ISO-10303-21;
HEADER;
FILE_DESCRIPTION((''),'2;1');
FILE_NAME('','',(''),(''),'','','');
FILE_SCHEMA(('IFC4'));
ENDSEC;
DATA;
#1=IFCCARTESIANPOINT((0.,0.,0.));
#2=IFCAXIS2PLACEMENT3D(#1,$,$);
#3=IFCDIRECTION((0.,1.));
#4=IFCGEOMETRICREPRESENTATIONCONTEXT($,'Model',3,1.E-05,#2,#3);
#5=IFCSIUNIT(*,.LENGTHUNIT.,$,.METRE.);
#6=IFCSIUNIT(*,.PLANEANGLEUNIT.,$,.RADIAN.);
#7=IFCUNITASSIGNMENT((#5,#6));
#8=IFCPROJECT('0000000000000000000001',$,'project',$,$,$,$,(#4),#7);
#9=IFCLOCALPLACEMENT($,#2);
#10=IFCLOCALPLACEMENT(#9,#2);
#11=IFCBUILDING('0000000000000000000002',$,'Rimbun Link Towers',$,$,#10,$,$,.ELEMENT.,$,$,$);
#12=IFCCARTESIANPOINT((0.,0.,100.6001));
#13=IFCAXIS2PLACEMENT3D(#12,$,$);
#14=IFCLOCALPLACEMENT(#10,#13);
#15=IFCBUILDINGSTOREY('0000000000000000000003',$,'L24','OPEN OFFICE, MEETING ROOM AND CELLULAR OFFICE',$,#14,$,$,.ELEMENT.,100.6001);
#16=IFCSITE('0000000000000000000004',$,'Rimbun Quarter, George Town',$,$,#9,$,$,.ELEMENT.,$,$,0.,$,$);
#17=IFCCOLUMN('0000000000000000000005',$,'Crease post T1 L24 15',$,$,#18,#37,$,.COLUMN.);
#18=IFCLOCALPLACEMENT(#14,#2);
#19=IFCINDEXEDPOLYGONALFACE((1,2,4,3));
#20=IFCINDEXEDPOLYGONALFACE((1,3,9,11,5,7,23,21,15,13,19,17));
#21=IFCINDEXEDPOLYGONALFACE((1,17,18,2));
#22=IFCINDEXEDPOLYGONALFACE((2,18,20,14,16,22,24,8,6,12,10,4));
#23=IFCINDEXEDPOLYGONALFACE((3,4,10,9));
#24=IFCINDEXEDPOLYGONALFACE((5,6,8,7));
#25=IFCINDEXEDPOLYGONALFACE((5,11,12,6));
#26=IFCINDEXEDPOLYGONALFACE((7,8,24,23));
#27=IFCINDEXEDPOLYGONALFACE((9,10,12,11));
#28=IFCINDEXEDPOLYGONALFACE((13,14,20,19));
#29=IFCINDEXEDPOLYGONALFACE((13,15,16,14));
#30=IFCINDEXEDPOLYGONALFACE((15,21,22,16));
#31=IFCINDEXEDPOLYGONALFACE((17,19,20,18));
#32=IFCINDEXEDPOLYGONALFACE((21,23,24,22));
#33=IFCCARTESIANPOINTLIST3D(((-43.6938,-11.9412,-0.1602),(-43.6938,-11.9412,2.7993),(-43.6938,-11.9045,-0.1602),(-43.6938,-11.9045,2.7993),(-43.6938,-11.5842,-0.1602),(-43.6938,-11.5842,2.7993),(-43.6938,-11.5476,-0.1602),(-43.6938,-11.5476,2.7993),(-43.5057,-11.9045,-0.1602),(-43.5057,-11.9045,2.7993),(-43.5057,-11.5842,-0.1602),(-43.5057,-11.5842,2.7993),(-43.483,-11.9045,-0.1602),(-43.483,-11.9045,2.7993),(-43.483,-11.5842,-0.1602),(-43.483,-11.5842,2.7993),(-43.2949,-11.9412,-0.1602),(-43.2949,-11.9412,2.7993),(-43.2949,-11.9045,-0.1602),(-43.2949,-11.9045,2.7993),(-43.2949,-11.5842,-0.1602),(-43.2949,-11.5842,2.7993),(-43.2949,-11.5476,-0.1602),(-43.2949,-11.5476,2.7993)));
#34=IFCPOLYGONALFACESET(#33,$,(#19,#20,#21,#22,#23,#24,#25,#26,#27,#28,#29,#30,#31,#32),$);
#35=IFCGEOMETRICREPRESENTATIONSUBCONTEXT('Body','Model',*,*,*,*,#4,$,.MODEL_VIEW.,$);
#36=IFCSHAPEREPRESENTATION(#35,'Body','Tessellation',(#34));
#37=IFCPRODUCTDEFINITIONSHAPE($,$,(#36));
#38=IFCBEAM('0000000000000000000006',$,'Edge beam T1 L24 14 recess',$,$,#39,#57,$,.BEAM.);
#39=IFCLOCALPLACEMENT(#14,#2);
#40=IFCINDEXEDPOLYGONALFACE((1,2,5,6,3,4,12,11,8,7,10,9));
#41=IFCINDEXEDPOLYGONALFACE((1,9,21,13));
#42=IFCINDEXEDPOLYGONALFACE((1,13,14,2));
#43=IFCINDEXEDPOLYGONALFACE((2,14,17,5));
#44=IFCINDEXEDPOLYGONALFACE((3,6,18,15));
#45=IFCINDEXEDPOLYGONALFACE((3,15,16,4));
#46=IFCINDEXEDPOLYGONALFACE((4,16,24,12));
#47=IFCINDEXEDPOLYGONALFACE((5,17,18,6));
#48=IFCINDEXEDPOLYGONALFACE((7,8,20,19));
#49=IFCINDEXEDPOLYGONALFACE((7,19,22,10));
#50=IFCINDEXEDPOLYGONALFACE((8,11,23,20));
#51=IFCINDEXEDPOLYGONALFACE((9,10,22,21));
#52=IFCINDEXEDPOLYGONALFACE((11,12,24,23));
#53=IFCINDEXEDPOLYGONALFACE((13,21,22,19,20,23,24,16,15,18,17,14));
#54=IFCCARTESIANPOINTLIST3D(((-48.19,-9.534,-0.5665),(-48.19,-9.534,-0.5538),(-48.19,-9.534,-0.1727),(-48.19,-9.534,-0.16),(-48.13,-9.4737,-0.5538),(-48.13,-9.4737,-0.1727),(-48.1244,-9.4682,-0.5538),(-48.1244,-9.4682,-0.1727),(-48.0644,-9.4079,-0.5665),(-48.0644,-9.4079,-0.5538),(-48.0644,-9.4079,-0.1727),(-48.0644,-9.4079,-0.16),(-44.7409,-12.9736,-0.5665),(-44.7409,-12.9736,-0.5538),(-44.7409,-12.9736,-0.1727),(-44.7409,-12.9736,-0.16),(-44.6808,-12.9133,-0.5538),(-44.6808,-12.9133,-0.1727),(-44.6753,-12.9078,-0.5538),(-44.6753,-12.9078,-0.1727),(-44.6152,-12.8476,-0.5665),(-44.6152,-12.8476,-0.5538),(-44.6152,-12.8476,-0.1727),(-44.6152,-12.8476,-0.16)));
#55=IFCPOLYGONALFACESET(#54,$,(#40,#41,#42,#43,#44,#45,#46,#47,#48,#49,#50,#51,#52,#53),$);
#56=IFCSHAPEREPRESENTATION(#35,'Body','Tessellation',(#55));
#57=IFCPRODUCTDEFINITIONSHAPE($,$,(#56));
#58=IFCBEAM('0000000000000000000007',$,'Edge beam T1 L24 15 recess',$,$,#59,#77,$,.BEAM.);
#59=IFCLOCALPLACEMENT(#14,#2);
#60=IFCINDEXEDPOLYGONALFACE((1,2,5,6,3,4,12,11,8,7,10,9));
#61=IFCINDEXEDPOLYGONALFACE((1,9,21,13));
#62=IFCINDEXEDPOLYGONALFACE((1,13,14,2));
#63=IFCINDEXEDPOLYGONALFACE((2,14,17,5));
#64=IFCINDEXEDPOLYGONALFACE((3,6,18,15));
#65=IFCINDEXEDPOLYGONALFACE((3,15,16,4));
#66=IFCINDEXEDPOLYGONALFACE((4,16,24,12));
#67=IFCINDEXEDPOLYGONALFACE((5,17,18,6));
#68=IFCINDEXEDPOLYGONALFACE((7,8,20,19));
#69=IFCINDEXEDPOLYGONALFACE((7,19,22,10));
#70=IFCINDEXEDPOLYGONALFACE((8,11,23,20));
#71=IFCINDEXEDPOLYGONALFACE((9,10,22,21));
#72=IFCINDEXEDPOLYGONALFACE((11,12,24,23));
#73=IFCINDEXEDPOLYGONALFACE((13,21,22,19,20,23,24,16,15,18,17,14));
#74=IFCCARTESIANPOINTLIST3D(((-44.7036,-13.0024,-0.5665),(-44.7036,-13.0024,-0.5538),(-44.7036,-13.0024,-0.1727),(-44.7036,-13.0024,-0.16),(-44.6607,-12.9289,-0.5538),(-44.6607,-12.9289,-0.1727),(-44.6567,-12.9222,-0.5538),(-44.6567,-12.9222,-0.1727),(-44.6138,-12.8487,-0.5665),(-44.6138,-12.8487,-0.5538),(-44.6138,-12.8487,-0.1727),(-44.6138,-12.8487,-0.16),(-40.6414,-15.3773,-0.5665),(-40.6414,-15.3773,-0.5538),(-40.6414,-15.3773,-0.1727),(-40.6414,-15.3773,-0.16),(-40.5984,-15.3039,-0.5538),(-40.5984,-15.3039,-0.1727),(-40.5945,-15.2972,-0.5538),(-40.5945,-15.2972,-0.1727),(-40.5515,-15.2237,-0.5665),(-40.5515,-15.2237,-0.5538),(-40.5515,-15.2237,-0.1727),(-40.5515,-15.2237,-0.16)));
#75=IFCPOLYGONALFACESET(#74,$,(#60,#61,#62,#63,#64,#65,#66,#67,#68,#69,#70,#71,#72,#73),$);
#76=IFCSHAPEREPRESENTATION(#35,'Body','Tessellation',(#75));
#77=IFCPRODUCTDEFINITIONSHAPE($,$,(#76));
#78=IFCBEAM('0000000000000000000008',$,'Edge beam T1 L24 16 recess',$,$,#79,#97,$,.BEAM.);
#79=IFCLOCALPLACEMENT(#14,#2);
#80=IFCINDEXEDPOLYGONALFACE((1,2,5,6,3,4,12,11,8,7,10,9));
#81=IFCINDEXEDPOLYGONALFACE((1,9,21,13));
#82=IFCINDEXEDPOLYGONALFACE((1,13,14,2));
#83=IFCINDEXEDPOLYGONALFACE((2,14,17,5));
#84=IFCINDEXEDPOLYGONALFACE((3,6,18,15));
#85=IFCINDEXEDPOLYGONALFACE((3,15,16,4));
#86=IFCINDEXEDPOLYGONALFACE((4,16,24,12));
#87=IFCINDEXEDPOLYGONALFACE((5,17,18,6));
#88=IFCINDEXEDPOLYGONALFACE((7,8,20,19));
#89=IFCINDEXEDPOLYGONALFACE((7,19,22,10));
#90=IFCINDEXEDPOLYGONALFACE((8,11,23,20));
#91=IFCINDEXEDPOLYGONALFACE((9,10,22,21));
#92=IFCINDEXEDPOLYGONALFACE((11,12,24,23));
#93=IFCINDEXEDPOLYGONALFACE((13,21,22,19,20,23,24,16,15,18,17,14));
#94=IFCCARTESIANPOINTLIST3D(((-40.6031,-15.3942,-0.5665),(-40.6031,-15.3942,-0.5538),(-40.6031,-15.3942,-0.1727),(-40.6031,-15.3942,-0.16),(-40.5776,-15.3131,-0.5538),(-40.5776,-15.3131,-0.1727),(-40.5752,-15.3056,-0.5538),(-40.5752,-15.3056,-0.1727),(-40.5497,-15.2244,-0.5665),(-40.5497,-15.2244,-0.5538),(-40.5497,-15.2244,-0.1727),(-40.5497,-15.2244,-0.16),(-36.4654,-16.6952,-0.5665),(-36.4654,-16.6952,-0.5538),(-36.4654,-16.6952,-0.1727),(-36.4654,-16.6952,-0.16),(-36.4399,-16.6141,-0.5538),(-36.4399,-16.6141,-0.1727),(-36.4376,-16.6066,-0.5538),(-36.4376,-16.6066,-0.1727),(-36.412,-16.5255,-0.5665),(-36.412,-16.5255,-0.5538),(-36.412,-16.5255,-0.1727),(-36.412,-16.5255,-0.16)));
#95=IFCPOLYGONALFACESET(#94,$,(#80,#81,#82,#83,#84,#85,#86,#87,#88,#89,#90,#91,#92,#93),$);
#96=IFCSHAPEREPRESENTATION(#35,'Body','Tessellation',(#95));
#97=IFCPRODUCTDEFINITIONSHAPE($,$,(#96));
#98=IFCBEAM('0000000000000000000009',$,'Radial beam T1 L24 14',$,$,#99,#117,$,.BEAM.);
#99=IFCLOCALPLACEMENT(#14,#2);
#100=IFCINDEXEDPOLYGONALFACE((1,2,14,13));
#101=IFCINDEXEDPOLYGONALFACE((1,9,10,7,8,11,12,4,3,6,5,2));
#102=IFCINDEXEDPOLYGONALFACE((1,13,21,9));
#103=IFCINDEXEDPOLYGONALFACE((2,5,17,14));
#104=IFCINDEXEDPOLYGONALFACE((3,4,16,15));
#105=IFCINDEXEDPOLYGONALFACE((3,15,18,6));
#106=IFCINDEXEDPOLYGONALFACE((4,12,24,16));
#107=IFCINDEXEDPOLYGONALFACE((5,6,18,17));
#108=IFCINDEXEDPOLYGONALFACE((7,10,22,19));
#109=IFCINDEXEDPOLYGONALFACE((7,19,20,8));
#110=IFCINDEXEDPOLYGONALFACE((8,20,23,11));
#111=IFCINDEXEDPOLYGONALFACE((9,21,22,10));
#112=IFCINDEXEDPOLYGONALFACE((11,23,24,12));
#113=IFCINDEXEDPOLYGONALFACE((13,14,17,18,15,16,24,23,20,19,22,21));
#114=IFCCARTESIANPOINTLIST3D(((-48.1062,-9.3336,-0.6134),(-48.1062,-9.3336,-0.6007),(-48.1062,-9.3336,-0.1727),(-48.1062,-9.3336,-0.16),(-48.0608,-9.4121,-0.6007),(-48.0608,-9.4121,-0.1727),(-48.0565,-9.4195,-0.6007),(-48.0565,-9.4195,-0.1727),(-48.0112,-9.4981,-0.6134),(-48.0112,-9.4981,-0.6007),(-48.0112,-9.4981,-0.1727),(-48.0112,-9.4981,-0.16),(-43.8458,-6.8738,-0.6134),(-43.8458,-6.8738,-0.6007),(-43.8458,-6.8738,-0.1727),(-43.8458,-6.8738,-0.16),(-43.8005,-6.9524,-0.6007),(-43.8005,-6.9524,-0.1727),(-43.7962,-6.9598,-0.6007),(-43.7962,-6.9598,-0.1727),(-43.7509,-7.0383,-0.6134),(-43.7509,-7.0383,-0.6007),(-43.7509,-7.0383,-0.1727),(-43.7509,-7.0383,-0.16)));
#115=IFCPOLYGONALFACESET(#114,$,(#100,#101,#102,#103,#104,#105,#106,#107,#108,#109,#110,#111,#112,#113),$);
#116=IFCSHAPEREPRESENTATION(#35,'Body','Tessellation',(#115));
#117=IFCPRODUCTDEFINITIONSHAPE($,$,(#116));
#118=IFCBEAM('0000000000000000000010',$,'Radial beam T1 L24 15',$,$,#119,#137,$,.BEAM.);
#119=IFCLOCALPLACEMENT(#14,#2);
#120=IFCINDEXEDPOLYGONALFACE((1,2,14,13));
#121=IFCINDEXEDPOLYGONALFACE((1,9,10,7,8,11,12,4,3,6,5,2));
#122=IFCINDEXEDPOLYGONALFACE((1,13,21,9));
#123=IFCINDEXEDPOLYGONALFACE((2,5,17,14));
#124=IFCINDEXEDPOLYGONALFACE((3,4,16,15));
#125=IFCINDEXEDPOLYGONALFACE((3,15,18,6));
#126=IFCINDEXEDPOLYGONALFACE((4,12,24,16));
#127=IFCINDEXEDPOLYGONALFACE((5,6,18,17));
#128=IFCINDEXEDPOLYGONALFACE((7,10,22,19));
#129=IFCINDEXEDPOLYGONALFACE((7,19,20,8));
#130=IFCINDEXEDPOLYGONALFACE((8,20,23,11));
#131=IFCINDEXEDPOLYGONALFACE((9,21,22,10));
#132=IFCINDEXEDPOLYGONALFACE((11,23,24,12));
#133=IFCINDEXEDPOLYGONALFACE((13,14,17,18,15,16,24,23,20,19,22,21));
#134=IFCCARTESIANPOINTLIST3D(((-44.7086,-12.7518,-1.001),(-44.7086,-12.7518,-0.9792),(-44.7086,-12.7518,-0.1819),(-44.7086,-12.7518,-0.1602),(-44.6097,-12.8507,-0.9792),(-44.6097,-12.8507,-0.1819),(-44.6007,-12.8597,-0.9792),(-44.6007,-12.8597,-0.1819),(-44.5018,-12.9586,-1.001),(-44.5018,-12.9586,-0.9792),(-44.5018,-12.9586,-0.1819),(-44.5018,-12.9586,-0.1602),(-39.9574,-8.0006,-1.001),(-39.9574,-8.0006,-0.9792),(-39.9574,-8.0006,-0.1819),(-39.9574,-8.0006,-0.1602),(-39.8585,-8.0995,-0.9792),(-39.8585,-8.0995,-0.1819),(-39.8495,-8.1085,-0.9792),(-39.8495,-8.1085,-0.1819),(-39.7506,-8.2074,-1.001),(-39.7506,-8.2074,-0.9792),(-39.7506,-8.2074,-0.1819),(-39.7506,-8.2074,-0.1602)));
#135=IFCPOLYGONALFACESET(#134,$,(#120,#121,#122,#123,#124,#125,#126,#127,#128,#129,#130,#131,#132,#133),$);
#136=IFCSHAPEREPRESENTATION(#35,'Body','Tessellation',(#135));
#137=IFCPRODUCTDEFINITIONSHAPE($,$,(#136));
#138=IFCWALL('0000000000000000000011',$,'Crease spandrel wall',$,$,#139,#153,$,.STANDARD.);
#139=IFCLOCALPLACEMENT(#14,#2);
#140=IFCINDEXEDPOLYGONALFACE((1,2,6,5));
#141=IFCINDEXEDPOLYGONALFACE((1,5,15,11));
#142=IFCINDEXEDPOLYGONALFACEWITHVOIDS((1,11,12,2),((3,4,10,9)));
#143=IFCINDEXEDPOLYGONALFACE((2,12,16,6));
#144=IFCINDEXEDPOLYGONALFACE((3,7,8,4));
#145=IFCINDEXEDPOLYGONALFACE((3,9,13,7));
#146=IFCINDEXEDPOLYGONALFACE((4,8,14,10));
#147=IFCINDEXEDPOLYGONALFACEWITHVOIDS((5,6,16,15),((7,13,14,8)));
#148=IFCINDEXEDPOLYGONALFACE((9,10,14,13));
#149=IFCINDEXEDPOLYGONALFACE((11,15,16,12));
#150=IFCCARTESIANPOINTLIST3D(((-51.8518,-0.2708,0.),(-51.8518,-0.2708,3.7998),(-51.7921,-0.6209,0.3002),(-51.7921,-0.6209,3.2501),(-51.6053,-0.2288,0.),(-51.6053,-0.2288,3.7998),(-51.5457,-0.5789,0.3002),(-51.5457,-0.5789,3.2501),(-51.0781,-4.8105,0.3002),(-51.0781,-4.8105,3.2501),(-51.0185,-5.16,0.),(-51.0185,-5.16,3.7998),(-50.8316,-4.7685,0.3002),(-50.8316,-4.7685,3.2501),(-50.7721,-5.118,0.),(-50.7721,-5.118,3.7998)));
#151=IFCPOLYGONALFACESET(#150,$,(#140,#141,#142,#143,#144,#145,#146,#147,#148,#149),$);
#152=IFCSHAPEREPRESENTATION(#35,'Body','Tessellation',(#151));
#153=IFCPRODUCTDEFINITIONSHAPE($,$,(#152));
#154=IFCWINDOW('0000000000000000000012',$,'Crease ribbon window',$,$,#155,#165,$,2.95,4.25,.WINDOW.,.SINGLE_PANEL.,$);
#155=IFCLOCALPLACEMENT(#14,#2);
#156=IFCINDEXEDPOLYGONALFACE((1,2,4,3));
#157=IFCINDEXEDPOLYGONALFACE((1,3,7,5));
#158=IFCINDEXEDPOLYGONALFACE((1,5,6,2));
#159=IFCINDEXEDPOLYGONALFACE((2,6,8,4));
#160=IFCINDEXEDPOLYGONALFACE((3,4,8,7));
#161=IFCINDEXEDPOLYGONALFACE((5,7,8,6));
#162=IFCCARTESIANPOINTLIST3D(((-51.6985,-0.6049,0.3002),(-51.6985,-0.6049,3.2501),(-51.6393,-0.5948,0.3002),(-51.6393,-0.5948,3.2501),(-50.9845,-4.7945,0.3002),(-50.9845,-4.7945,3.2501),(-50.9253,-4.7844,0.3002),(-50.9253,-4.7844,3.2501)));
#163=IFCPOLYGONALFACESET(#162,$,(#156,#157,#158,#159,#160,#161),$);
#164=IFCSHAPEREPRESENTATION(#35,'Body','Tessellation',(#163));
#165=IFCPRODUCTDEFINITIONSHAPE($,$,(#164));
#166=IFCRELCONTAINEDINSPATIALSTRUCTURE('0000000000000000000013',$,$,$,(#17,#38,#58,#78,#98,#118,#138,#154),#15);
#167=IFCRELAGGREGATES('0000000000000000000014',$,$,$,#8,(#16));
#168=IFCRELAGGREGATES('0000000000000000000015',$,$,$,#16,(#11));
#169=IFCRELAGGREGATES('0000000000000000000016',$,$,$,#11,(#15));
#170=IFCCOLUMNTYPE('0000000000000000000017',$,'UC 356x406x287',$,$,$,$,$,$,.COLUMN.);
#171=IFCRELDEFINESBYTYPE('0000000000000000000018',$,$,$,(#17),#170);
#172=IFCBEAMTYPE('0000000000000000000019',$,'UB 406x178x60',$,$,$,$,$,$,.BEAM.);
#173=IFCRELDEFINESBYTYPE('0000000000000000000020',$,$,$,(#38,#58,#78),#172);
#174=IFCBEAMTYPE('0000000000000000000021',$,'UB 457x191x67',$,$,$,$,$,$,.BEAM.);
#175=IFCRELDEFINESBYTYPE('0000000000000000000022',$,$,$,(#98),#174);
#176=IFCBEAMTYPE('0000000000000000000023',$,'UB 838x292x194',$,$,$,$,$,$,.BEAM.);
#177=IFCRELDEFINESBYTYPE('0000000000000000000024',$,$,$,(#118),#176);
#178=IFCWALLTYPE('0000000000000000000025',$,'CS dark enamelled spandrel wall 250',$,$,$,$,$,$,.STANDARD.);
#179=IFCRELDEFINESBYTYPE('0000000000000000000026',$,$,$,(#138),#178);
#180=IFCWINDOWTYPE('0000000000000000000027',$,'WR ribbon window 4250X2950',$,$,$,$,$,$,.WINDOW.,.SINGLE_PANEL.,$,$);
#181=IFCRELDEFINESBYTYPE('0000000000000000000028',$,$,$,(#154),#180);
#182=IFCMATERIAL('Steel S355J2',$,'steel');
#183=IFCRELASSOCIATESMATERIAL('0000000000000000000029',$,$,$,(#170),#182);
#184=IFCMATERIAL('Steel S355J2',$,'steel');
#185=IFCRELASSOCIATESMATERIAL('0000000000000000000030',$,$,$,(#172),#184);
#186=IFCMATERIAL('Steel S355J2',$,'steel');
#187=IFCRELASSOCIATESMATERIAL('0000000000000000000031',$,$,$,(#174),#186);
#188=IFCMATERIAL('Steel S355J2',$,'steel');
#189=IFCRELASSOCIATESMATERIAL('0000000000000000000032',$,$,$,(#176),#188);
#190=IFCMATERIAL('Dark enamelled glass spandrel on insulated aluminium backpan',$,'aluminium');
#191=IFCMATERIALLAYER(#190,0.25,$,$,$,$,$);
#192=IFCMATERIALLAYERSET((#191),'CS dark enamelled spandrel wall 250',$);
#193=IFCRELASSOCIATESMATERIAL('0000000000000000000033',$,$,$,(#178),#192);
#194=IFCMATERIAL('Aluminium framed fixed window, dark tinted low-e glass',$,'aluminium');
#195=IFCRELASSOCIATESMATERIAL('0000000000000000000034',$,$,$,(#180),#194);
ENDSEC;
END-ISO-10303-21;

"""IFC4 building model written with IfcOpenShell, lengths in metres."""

from ifc_helpers import new_model, si_unit, direction, frame, frame_2d, origin, origin_2d, place, context, subcontext, project, spatial, rectangle, i_section, extrude, material, layer, layer_set, material_profile, profile_set, type_object, element, fill, save


model = new_model("IFC4")

# Units and contexts
model_context = context("Model", 3, precision=1e-05, world=origin(), true_north=direction((0.0, 1.0)))
body_context = subcontext(model_context, "Body", "Model", "MODEL_VIEW")
ifc_project = project(units=[si_unit("LENGTHUNIT", "METRE"), si_unit("PLANEANGLEUNIT", "RADIAN")], contexts=[model_context])

# Site, building, storey
site_placement = place(None, origin())
site = spatial("IfcSite", under=ifc_project, at=site_placement, Name="Rimbun Quarter, George Town", CompositionType="ELEMENT", RefElevation=0.0)
building_placement = place(site_placement, origin())
building = spatial("IfcBuilding", under=site, at=building_placement, Name="Rimbun Link Towers", CompositionType="ELEMENT")
storey_placement = place(building_placement, frame((0.0, 0.0, 100.6001)))
storey = spatial("IfcBuildingStorey", under=building, at=storey_placement, Name="L24", Description="OPEN OFFICE, MEETING ROOM AND CELLULAR OFFICE", CompositionType="ELEMENT", Elevation=100.6001)

# Column
ifc_material_1 = material(Name="Steel S355J2", Category="steel")
ifc_material_profile_1 = material_profile(ifc_material_1, i_section(OverallWidth=0.3989, OverallDepth=0.3936, WebThickness=0.0227, FlangeThickness=0.0366, at=origin_2d()), Name="UC 356x406x287")
ifc_profile_set_1 = profile_set([ifc_material_profile_1], Name="Steel S355J2")
column_type = type_object("IfcColumnType", Name="UC 356x406x287", PredefinedType="COLUMN", material=ifc_profile_set_1)
column_placement = place(storey_placement, frame((-43.4944, -11.7444, -0.1602), z_axis=(0.0, 0.0, 1.0), x_axis=(1.0, 0.0, 0.0)))
element("IfcColumn", 1, at=column_placement, inside=storey, type_object=column_type, Name="Crease post T1 L24 15", PredefinedType="COLUMN", context=body_context, shape_type="SweptSolid", body=[
    extrude(i_section(OverallWidth=0.3989, OverallDepth=0.3936, WebThickness=0.0227, FlangeThickness=0.0366, at=origin_2d()), origin(), (0.0, 0.0, 1.0), 2.9595),
])

# Beams
ifc_material_2 = material(Name="Steel S355J2", Category="steel")
ifc_material_profile_2 = material_profile(ifc_material_2, i_section(OverallWidth=0.178, OverallDepth=0.4065, WebThickness=0.0078, FlangeThickness=0.0127, at=origin_2d()), Name="UB 406x178x60")
ifc_profile_set_2 = profile_set([ifc_material_profile_2], Name="Steel S355J2")
beam_type_1 = type_object("IfcBeamType", Name="UB 406x178x60", PredefinedType="BEAM", material=ifc_profile_set_2)
beam_1_placement = place(storey_placement, frame((-48.1272, -9.4709, -0.3633), z_axis=(0.708083, -0.706129, 0.0), x_axis=(0.706129, 0.708083, 0.0)))
element("IfcBeam", 2, at=beam_1_placement, inside=storey, type_object=beam_type_1, Name="Edge beam T1 L24 14 recess", PredefinedType="BEAM", context=body_context, shape_type="SweptSolid", body=[
    extrude(i_section(OverallWidth=0.178, OverallDepth=0.4065, WebThickness=0.0078, FlangeThickness=0.0127, at=origin_2d()), origin(), (0.0, 0.0, 1.0), 4.8711),
])
beam_2_placement = place(storey_placement, frame((-44.6587, -12.9255, -0.3633), z_axis=(0.863284, -0.504719, 0.0), x_axis=(0.504719, 0.863284, 0.0)))
element("IfcBeam", 3, at=beam_2_placement, inside=storey, type_object=beam_type_1, Name="Edge beam T1 L24 15 recess", PredefinedType="BEAM", context=body_context, shape_type="SweptSolid", body=[
    extrude(i_section(OverallWidth=0.178, OverallDepth=0.4065, WebThickness=0.0078, FlangeThickness=0.0127, at=origin_2d()), origin(), (0.0, 0.0, 1.0), 4.7056),
])
beam_3_placement = place(storey_placement, frame((-40.5764, -15.3093, -0.3633), z_axis=(0.953954, -0.299954, 0.0), x_axis=(0.299954, 0.953954, 0.0)))
element("IfcBeam", 4, at=beam_3_placement, inside=storey, type_object=beam_type_1, Name="Edge beam T1 L24 16 recess", PredefinedType="BEAM", context=body_context, shape_type="SweptSolid", body=[
    extrude(i_section(OverallWidth=0.178, OverallDepth=0.4065, WebThickness=0.0078, FlangeThickness=0.0127, at=origin_2d()), origin(), (0.0, 0.0, 1.0), 4.3374),
])
ifc_material_3 = material(Name="Steel S355J2", Category="steel")
ifc_material_profile_3 = material_profile(ifc_material_3, i_section(OverallWidth=0.1899, OverallDepth=0.4534, WebThickness=0.0085, FlangeThickness=0.0127, at=origin_2d()), Name="UB 457x191x67")
ifc_profile_set_3 = profile_set([ifc_material_profile_3], Name="Steel S355J2")
beam_type_2 = type_object("IfcBeamType", Name="UB 457x191x67", PredefinedType="BEAM", material=ifc_profile_set_3)
beam_4_placement = place(storey_placement, frame((-43.7983, -6.9561, -0.3867), z_axis=(-0.86602, -0.500009, 0.0), x_axis=(0.500009, -0.86602, 0.0)))
element("IfcBeam", 5, at=beam_4_placement, inside=storey, type_object=beam_type_2, Name="Radial beam T1 L24 14", PredefinedType="BEAM", context=body_context, shape_type="SweptSolid", body=[
    extrude(i_section(OverallWidth=0.1899, OverallDepth=0.4534, WebThickness=0.0085, FlangeThickness=0.0127, at=origin_2d()), origin(), (0.0, 0.0, 1.0), 4.9194),
])
ifc_material_4 = material(Name="Steel S355J2", Category="steel")
ifc_material_profile_4 = material_profile(ifc_material_4, i_section(OverallWidth=0.2925, OverallDepth=0.8408, WebThickness=0.0127, FlangeThickness=0.0217, at=origin_2d()), Name="UB 838x292x194")
ifc_profile_set_4 = profile_set([ifc_material_profile_4], Name="Steel S355J2")
beam_type_3 = type_object("IfcBeamType", Name="UB 838x292x194", PredefinedType="BEAM", material=ifc_profile_set_4)
beam_5_placement = place(storey_placement, frame((-39.854, -8.104, -0.5806), z_axis=(-0.707107, -0.707107, 0.0), x_axis=(0.707107, -0.707107, 0.0)))
element("IfcBeam", 6, at=beam_5_placement, inside=storey, type_object=beam_type_3, Name="Radial beam T1 L24 15", PredefinedType="BEAM", context=body_context, shape_type="SweptSolid", body=[
    extrude(i_section(OverallWidth=0.2925, OverallDepth=0.8408, WebThickness=0.0127, FlangeThickness=0.0217, at=origin_2d()), origin(), (0.0, 0.0, 1.0), 6.7192),
])

# Wall, opening, window
ifc_material_5 = material(Name="Dark enamelled glass spandrel on insulated aluminium backpan", Category="aluminium")
ifc_layer_1 = layer(ifc_material_5, 0.25)
ifc_layer_set_1 = layer_set([ifc_layer_1], Name="CS dark enamelled spandrel wall 250")
wall_type_1 = type_object("IfcWallType", Name="CS dark enamelled spandrel wall 250", PredefinedType="STANDARD", material=ifc_layer_set_1)
wall_1_placement = place(storey_placement, frame((-50.8953, -5.1392, 0.0), z_axis=(0.0, 0.0, 1.0), x_axis=(-0.168006, 0.985786, 0.0)))
wall_1 = element("IfcWall", 7, at=wall_1_placement, inside=storey, type_object=wall_type_1, Name="Crease spandrel wall", PredefinedType="STANDARD", context=body_context, shape_type="SweptSolid", body=[
    extrude(rectangle(XDim=4.9597, YDim=0.25, at=frame_2d((2.48, 0.0))), origin(), (0.0, 0.0, 1.0), 3.7998),
])
opening_1_placement = place(wall_1_placement, frame((0.3547, 0.0, 0.3)))
opening_1 = element("IfcOpeningElement", 8, at=opening_1_placement, cuts=wall_1, PredefinedType="OPENING", context=body_context, shape_type="SweptSolid", body=[
    extrude(rectangle(XDim=4.25, YDim=2.95, at=frame_2d((2.125, 1.4751))), frame((0.0, 0.135, 0.0), z_axis=(0.0, -1.0, 0.0), x_axis=(1.0, 0.0, 0.0)), (0.0, 0.0, 1.0), 0.27),
])
ifc_material_6 = material(Name="Aluminium framed fixed window, dark tinted low-e glass", Category="aluminium")
window_type_1 = type_object("IfcWindowType", Name="WR ribbon window 4250X2950", PartitioningType="SINGLE_PANEL", PredefinedType="WINDOW", material=ifc_material_6)
window_1_placement = place(opening_1_placement, origin())
window_1 = element("IfcWindow", 9, at=window_1_placement, inside=storey, type_object=window_type_1, Name="Crease ribbon window", OverallHeight=2.95, OverallWidth=4.25, PartitioningType="SINGLE_PANEL", PredefinedType="WINDOW", context=body_context, shape_type="SweptSolid", body=[
    extrude(rectangle(XDim=4.25, YDim=2.95, at=frame_2d((2.125, 1.4751))), frame((0.0, 0.03, 0.0), z_axis=(0.0, -1.0, 0.0), x_axis=(1.0, 0.0, 0.0)), (0.0, 0.0, 1.0), 0.0601),
])
fill(opening_1, window_1)

save(model, "model.ifc")
